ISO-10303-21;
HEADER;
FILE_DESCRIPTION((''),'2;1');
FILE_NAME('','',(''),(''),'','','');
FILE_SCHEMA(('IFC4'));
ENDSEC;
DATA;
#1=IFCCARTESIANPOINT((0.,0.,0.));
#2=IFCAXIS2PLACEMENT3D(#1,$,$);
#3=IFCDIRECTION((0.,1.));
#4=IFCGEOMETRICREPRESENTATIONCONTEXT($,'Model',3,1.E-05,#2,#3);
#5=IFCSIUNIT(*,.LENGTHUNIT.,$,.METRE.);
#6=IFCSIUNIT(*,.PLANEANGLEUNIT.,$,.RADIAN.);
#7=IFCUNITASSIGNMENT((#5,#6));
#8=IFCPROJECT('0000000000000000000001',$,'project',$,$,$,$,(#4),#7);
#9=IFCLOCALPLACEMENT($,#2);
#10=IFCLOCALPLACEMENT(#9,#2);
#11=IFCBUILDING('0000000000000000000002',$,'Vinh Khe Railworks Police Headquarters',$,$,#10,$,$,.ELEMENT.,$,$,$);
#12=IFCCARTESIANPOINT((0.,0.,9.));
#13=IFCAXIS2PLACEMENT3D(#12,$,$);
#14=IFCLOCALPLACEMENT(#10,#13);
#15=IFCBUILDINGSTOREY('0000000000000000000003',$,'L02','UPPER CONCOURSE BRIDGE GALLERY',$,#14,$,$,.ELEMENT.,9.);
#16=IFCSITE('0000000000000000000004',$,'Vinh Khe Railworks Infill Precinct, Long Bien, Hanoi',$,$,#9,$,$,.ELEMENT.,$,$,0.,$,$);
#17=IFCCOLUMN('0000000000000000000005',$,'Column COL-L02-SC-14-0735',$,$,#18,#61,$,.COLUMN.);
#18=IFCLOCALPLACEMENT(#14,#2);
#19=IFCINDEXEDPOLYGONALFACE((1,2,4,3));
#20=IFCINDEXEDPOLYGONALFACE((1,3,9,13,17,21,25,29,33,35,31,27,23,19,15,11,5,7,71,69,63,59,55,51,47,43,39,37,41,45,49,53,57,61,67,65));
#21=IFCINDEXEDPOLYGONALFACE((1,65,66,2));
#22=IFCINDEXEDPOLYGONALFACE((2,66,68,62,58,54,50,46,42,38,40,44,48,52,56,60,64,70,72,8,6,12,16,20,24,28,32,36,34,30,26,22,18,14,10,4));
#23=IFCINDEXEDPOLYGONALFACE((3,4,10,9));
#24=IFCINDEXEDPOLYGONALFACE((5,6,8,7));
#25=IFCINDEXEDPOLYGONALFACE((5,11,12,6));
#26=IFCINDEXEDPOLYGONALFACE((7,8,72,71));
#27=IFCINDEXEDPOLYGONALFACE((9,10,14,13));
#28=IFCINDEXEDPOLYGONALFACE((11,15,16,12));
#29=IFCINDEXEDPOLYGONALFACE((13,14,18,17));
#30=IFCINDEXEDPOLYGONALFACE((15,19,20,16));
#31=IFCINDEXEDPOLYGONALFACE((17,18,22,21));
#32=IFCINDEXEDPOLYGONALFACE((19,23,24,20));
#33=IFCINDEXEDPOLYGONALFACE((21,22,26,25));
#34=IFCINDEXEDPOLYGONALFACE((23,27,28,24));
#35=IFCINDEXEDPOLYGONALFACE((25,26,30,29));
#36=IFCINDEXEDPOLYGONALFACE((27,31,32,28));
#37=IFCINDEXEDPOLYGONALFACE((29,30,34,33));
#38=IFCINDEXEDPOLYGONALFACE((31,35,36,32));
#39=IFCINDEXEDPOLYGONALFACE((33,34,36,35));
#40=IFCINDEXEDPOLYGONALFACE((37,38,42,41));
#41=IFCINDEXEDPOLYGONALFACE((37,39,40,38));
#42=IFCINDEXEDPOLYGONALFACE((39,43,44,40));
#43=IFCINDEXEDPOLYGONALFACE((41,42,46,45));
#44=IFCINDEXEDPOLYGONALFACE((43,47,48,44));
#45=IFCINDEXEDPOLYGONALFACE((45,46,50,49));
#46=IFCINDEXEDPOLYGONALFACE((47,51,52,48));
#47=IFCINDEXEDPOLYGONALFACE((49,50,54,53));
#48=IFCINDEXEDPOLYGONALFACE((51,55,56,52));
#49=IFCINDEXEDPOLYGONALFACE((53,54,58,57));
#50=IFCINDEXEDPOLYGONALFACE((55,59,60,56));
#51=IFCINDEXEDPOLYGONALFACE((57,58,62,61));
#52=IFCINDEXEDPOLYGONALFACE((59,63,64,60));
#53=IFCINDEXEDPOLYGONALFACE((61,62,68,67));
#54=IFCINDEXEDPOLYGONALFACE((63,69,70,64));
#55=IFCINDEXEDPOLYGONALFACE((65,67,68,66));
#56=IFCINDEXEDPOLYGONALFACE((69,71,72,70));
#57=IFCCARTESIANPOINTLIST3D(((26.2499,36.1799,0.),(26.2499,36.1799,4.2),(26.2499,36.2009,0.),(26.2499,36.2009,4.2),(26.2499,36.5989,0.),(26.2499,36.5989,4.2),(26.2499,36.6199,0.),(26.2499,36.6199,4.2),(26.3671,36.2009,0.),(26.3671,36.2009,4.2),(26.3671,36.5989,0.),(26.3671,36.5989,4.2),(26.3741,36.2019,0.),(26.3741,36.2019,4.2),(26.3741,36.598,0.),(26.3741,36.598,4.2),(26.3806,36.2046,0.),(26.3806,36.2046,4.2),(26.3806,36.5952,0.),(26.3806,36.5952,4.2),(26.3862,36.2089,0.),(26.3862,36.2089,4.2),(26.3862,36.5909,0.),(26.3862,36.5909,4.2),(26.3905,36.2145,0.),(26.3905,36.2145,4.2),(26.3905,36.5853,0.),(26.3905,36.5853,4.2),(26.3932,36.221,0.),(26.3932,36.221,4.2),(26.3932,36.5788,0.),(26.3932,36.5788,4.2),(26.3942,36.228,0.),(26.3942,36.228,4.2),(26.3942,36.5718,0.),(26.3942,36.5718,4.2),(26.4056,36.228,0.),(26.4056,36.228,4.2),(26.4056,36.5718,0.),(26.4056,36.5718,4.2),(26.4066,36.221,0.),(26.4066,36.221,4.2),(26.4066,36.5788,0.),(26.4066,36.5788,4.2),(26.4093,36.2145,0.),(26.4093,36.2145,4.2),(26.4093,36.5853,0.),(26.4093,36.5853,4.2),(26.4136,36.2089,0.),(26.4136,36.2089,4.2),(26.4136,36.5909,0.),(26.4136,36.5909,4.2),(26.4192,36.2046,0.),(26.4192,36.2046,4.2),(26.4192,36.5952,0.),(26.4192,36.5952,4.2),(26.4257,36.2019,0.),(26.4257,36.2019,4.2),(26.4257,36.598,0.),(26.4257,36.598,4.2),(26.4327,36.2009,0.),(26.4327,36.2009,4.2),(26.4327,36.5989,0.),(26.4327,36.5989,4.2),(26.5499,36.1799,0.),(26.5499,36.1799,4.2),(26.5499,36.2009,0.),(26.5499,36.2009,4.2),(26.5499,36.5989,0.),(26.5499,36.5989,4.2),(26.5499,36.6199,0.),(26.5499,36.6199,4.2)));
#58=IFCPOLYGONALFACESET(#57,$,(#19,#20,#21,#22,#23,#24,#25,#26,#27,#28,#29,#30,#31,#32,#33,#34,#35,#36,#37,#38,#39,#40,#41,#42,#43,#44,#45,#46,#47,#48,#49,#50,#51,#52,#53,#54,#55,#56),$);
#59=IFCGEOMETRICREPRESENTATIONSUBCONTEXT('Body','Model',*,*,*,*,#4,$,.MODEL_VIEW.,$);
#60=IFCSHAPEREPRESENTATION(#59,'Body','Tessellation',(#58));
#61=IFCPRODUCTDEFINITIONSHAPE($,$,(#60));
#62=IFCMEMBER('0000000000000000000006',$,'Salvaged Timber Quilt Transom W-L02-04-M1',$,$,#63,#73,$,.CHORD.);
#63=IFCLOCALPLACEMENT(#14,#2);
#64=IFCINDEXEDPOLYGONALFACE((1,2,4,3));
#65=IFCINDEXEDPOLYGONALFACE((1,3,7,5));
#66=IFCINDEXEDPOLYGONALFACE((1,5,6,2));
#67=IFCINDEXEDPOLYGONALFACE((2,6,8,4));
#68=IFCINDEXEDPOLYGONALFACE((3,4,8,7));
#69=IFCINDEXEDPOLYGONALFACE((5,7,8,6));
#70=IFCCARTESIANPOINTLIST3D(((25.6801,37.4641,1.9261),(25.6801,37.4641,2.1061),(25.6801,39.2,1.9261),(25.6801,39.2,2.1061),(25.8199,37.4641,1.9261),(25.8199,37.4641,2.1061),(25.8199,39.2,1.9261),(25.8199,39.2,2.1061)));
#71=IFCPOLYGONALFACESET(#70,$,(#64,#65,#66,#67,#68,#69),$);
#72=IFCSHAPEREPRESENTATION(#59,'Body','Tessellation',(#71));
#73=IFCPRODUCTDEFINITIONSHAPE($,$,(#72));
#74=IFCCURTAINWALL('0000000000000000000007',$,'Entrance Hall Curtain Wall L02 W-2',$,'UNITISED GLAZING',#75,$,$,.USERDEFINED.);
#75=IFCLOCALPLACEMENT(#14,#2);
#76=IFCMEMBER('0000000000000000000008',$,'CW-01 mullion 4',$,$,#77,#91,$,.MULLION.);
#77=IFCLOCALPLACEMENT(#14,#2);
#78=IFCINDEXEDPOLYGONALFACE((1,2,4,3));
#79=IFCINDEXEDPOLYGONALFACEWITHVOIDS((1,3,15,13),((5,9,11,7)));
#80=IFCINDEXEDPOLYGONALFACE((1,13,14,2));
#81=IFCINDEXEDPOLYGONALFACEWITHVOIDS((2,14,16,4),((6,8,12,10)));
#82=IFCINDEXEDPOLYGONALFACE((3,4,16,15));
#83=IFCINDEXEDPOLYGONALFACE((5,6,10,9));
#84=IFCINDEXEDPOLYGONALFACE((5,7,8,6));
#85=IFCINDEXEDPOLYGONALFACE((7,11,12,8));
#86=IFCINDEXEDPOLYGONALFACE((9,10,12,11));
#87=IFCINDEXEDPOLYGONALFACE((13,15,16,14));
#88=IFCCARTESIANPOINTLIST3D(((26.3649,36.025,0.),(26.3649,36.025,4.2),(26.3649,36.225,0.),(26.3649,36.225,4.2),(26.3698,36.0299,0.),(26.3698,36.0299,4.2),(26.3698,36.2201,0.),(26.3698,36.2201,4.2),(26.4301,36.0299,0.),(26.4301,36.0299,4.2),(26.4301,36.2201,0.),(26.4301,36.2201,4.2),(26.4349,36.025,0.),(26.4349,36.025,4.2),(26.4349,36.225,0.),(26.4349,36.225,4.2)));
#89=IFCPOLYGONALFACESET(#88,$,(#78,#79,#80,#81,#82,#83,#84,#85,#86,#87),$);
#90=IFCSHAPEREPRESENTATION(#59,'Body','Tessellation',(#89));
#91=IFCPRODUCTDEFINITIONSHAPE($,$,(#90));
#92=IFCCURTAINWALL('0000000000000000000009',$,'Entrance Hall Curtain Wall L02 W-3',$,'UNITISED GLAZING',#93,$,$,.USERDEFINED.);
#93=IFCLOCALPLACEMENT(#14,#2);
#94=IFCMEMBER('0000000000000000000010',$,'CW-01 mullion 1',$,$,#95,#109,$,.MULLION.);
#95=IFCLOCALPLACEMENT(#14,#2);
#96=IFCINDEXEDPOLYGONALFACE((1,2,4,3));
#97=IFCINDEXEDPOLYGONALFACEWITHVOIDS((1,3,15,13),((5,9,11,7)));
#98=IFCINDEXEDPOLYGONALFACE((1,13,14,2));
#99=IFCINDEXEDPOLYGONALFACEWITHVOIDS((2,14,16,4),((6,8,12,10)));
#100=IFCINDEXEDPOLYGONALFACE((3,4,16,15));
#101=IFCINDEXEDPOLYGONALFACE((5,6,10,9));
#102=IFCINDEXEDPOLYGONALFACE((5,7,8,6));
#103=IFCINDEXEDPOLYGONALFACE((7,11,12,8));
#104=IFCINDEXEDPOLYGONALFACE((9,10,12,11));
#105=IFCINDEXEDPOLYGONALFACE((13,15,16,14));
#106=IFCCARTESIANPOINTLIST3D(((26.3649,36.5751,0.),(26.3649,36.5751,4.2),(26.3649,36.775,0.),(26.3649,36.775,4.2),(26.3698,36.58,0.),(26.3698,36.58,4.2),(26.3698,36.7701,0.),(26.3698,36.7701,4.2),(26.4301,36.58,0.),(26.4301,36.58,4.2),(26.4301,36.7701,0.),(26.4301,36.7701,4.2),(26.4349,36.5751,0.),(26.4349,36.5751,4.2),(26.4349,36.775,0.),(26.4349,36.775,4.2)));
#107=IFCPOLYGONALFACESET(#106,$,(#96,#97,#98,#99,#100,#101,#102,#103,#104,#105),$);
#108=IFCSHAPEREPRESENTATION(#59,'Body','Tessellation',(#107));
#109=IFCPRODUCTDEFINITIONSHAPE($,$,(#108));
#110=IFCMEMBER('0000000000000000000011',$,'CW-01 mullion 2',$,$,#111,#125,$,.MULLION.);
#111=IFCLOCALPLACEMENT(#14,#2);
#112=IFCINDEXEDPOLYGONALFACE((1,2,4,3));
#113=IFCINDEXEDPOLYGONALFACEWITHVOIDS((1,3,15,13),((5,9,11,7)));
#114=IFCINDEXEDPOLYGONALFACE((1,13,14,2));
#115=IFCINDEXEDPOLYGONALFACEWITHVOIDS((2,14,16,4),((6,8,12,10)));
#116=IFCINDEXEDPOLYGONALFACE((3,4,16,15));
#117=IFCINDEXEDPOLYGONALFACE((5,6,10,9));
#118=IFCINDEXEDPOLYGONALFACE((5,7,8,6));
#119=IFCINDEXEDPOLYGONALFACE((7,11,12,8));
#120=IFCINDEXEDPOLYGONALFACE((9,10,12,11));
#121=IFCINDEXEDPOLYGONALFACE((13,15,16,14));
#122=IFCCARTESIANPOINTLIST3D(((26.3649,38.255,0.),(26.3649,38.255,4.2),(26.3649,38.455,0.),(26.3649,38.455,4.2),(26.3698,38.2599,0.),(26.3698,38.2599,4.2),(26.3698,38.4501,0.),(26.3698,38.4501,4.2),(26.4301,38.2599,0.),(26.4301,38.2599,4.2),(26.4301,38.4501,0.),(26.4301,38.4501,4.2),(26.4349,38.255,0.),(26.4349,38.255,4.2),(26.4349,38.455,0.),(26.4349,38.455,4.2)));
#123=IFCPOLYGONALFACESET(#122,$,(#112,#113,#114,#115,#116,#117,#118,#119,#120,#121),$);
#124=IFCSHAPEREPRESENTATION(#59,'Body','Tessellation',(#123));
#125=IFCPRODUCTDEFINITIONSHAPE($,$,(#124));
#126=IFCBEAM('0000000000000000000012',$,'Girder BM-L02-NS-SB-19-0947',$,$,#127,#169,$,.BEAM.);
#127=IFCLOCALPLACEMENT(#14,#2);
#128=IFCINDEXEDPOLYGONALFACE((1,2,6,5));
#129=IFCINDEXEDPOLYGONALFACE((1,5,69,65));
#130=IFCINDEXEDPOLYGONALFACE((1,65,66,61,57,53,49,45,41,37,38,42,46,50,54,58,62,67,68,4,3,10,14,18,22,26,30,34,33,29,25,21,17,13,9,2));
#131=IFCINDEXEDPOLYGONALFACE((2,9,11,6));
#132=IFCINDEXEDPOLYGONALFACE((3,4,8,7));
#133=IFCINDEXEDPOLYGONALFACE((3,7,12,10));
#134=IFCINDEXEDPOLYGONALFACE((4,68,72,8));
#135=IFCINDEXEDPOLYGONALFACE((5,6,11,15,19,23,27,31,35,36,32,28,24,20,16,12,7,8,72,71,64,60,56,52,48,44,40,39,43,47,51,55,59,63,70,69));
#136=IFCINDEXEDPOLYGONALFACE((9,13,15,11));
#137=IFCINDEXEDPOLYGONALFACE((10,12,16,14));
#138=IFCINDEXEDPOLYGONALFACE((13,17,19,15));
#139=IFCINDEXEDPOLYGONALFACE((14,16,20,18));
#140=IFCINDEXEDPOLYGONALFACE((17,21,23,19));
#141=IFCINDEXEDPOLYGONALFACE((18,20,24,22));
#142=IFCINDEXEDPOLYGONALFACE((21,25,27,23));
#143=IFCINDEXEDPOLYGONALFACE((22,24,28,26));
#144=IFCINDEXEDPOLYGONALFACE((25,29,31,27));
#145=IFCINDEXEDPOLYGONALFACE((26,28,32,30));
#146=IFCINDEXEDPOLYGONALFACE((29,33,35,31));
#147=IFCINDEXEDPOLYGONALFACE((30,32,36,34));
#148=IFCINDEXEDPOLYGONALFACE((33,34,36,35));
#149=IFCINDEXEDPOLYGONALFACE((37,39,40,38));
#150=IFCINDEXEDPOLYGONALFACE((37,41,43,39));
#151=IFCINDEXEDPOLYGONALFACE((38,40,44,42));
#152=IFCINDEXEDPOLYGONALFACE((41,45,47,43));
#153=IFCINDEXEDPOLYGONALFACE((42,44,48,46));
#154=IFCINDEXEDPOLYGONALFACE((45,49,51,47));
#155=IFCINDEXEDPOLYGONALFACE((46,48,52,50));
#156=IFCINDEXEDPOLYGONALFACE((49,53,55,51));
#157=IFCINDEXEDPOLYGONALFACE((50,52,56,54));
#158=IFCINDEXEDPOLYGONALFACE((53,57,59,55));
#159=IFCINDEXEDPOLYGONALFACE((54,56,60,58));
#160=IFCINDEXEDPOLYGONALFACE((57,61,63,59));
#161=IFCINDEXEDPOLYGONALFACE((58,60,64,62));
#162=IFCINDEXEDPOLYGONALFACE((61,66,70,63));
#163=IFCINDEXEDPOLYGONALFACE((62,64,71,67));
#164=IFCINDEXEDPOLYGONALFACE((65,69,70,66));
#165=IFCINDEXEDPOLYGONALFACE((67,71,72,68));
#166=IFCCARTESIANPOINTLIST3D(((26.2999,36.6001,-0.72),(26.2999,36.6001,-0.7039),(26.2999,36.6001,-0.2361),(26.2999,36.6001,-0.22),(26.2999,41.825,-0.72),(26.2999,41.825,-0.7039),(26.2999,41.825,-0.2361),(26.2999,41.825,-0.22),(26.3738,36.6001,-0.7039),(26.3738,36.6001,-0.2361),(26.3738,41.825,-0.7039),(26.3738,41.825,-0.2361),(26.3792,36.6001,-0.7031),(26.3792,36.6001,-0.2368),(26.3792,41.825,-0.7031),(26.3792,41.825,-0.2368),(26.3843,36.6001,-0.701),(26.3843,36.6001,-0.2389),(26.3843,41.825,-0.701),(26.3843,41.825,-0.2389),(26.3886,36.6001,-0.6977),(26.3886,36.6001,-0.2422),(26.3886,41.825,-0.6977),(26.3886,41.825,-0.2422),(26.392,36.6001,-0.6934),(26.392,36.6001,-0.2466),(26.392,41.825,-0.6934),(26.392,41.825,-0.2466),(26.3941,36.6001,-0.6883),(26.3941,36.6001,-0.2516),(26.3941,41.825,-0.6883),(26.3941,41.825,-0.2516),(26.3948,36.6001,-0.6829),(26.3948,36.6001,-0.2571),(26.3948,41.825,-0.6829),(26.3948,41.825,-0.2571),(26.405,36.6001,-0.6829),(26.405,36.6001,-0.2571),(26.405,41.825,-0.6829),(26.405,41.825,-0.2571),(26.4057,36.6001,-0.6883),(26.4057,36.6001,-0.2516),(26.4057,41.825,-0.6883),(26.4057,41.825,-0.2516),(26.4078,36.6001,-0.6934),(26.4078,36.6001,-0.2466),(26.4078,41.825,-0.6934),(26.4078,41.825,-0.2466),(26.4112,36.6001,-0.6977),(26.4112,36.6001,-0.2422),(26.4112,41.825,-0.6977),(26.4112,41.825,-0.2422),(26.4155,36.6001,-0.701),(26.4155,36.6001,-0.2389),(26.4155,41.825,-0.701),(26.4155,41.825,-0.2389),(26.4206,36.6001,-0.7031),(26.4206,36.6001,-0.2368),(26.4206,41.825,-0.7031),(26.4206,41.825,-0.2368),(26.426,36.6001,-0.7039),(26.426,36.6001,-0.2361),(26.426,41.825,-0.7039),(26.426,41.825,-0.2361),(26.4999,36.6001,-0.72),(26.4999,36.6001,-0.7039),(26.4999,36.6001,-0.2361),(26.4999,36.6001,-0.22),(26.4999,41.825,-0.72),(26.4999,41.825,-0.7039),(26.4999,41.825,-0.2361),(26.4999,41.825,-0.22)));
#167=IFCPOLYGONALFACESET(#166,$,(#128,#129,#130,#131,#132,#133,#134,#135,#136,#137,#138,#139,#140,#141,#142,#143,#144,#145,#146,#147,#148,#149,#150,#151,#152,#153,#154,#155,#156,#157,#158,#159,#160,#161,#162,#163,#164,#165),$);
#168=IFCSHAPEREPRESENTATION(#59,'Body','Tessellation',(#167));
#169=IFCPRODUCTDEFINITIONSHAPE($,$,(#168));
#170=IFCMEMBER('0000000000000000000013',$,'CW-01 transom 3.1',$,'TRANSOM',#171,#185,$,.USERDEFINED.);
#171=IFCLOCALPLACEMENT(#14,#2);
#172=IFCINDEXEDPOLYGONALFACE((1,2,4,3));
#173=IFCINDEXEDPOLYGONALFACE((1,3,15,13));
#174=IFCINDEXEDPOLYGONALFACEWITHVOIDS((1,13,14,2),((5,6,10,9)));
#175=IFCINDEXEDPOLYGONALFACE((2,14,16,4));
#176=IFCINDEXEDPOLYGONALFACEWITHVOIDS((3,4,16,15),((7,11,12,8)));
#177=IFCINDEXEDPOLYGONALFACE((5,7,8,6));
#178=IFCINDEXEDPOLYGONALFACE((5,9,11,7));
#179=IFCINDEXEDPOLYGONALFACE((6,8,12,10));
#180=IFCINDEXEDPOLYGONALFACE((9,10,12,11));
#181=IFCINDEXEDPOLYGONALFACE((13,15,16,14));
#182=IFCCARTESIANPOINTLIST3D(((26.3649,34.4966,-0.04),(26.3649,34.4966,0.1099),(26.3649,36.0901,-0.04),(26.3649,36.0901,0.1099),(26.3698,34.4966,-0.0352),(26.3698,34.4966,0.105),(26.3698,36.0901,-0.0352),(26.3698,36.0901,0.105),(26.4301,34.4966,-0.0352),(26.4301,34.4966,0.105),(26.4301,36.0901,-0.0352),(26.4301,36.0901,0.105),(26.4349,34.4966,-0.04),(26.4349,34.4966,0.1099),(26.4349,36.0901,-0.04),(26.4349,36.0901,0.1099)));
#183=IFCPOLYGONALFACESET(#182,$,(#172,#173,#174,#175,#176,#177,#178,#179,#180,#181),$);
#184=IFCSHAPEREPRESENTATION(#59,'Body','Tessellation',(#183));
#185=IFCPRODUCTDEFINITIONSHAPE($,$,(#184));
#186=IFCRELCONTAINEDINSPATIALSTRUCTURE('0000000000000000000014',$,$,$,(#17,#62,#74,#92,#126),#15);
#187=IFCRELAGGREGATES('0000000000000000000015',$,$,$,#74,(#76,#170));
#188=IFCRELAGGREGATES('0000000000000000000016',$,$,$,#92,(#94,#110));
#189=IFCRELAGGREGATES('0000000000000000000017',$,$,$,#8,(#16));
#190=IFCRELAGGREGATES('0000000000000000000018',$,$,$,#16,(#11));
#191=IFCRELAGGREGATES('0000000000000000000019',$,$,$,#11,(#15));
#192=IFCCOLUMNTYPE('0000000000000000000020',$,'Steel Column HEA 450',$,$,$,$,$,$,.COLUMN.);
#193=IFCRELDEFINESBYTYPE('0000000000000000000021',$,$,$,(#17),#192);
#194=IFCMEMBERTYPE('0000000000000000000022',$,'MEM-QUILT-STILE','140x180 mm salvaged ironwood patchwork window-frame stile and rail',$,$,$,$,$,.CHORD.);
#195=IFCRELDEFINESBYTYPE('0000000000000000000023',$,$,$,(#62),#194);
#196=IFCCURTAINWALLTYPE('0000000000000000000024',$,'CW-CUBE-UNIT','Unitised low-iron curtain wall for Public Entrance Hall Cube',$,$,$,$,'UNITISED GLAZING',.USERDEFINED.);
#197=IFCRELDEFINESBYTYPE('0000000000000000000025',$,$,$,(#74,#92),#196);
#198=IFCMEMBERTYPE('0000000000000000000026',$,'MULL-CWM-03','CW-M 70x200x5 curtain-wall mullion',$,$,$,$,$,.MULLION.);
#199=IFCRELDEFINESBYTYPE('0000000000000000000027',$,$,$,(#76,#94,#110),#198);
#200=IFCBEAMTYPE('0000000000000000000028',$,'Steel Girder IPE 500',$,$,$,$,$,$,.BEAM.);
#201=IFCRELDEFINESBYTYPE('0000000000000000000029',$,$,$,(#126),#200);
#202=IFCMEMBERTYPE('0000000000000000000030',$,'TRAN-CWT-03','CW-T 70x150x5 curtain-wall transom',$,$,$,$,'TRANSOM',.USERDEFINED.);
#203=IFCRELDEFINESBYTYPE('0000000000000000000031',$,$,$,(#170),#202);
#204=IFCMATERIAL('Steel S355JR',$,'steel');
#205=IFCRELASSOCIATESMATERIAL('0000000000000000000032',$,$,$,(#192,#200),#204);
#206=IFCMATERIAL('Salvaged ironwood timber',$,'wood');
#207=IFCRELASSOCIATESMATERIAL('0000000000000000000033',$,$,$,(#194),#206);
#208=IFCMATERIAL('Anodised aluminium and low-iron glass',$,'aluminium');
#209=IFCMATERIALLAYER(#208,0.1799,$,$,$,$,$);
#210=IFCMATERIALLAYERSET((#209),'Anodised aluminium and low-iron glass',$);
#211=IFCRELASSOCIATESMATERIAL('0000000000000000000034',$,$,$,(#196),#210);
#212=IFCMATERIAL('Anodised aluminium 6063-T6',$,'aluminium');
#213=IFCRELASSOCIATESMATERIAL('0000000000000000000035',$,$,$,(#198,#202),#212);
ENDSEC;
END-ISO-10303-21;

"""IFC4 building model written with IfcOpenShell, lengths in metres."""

from ifc_helpers import new_model, si_unit, direction, frame, origin, origin_2d, place, context, subcontext, project, spatial, rectangle, hollow_rectangle, i_section, extrude, material, layer, layer_set, material_profile, profile_set, type_object, element, aggregate, save


model = new_model("IFC4")

# Units and contexts
model_context = context("Model", 3, precision=1e-05, world=origin(), true_north=direction((0.0, 1.0)))
body_context = subcontext(model_context, "Body", "Model", "MODEL_VIEW")
ifc_project = project(units=[si_unit("LENGTHUNIT", "METRE"), si_unit("PLANEANGLEUNIT", "RADIAN")], contexts=[model_context])

# Site, building, storey
site_placement = place(None, origin())
site = spatial("IfcSite", under=ifc_project, at=site_placement, Name="Vinh Khe Railworks Infill Precinct, Long Bien, Hanoi", CompositionType="ELEMENT", RefElevation=0.0)
building_placement = place(site_placement, origin())
building = spatial("IfcBuilding", under=site, at=building_placement, Name="Vinh Khe Railworks Police Headquarters", CompositionType="ELEMENT")
storey_placement = place(building_placement, frame((0.0, 0.0, 9.0)))
storey = spatial("IfcBuildingStorey", under=building, at=storey_placement, Name="L02", Description="UPPER CONCOURSE BRIDGE GALLERY", CompositionType="ELEMENT", Elevation=9.0)

# Column
ifc_material_1 = material(Name="Steel S355JR", Category="steel")
ifc_material_profile_1 = material_profile(ifc_material_1, i_section(OverallWidth=0.3, OverallDepth=0.4399, WebThickness=0.0115, FlangeThickness=0.021, FilletRadius=0.0271, at=origin_2d()), Name="HEA 450")
ifc_profile_set_1 = profile_set([ifc_material_profile_1], Name="Steel S355JR")
column_type = type_object("IfcColumnType", Name="Steel Column HEA 450", PredefinedType="COLUMN", material=ifc_profile_set_1)
column_placement = place(storey_placement, frame((26.3999, 36.3999, 0.0), z_axis=(0.0, 0.0, 1.0), x_axis=(1.0, 0.0, 0.0)))
element("IfcColumn", 1, at=column_placement, inside=storey, type_object=column_type, Name="Column COL-L02-SC-14-0735", PredefinedType="COLUMN", context=body_context, shape_type="SweptSolid", body=[
    extrude(i_section(OverallWidth=0.3, OverallDepth=0.4399, WebThickness=0.0115, FlangeThickness=0.021, FilletRadius=0.0271, at=origin_2d()), origin(), (0.0, 0.0, 1.0), 4.2),
])

# Member
ifc_material_2 = material(Name="Salvaged ironwood timber", Category="wood")
ifc_material_profile_2 = material_profile(ifc_material_2, rectangle(XDim=0.1399, YDim=0.1799, at=origin_2d()), Name="TIMBER 140x180")
ifc_profile_set_2 = profile_set([ifc_material_profile_2], Name="Salvaged ironwood timber")
member_type_1 = type_object("IfcMemberType", Name="MEM-QUILT-STILE", Description="140x180 mm salvaged ironwood patchwork window-frame stile and rail", PredefinedType="CHORD", material=ifc_profile_set_2)
member_1_placement = place(storey_placement, frame((25.75, 37.4641, 2.0161), z_axis=(0.0, 1.0, 0.0), x_axis=(-1.0, 0.0, 0.0)))
element("IfcMember", 2, at=member_1_placement, inside=storey, type_object=member_type_1, Name="Salvaged Timber Quilt Transom W-L02-04-M1", PredefinedType="CHORD", context=body_context, shape_type="SweptSolid", body=[
    extrude(rectangle(XDim=0.1399, YDim=0.1799, at=origin_2d()), origin(), (0.0, 0.0, 1.0), 1.7358),
])

# Curtain wall, member
ifc_material_3 = material(Name="Anodised aluminium and low-iron glass", Category="aluminium")
ifc_layer_1 = layer(ifc_material_3, 0.1799)
ifc_layer_set_1 = layer_set([ifc_layer_1], Name="Anodised aluminium and low-iron glass")
curtain_wall_type = type_object("IfcCurtainWallType", Name="CW-CUBE-UNIT", Description="Unitised low-iron curtain wall for Public Entrance Hall Cube", ElementType="UNITISED GLAZING", PredefinedType="USERDEFINED", material=ifc_layer_set_1)
curtain_wall_1_placement = place(storey_placement, origin())
curtain_wall_1 = element("IfcCurtainWall", 3, at=curtain_wall_1_placement, inside=storey, type_object=curtain_wall_type, Name="Entrance Hall Curtain Wall L02 W-2", ObjectType="UNITISED GLAZING", PredefinedType="USERDEFINED")
ifc_material_4 = material(Name="Anodised aluminium 6063-T6", Category="aluminium")
ifc_material_profile_3 = material_profile(ifc_material_4, hollow_rectangle(XDim=0.0701, YDim=0.2, WallThickness=0.0049, at=origin_2d()), Name="CW-M 70x200x5")
ifc_profile_set_3 = profile_set([ifc_material_profile_3], Name="Anodised aluminium 6063-T6")
member_type_2 = type_object("IfcMemberType", Name="MULL-CWM-03", Description="CW-M 70x200x5 curtain-wall mullion", PredefinedType="MULLION", material=ifc_profile_set_3)
member_2_placement = place(storey_placement, frame((26.3999, 36.125, 0.0), z_axis=(0.0, 0.0, 1.0), x_axis=(-1.0, 0.0, 0.0)))
member_2 = element("IfcMember", 4, at=member_2_placement, type_object=member_type_2, Name="CW-01 mullion 4", PredefinedType="MULLION", context=body_context, shape_type="SweptSolid", body=[
    extrude(hollow_rectangle(XDim=0.0701, YDim=0.2, WallThickness=0.0049, at=origin_2d()), origin(), (0.0, 0.0, 1.0), 4.2),
])

# Curtain wall, members
curtain_wall_2_placement = place(storey_placement, origin())
curtain_wall_2 = element("IfcCurtainWall", 5, at=curtain_wall_2_placement, inside=storey, type_object=curtain_wall_type, Name="Entrance Hall Curtain Wall L02 W-3", ObjectType="UNITISED GLAZING", PredefinedType="USERDEFINED")
member_3_placement = place(storey_placement, frame((26.3999, 36.675, 0.0), z_axis=(0.0, 0.0, 1.0), x_axis=(-1.0, 0.0, 0.0)))
member_3 = element("IfcMember", 6, at=member_3_placement, type_object=member_type_2, Name="CW-01 mullion 1", PredefinedType="MULLION", context=body_context, shape_type="SweptSolid", body=[
    extrude(hollow_rectangle(XDim=0.0701, YDim=0.2, WallThickness=0.0049, at=origin_2d()), origin(), (0.0, 0.0, 1.0), 4.2),
])
member_4_placement = place(storey_placement, frame((26.3999, 38.355, 0.0), z_axis=(0.0, 0.0, 1.0), x_axis=(-1.0, 0.0, 0.0)))
member_4 = element("IfcMember", 7, at=member_4_placement, type_object=member_type_2, Name="CW-01 mullion 2", PredefinedType="MULLION", context=body_context, shape_type="SweptSolid", body=[
    extrude(hollow_rectangle(XDim=0.0701, YDim=0.2, WallThickness=0.0049, at=origin_2d()), origin(), (0.0, 0.0, 1.0), 4.2),
])

# Beam
ifc_material_profile_4 = material_profile(ifc_material_1, i_section(OverallWidth=0.2, OverallDepth=0.5, WebThickness=0.0103, FlangeThickness=0.0161, FilletRadius=0.021, at=origin_2d()), Name="IPE 500")
ifc_profile_set_4 = profile_set([ifc_material_profile_4], Name="Steel S355JR")
beam_type = type_object("IfcBeamType", Name="Steel Girder IPE 500", PredefinedType="BEAM", material=ifc_profile_set_4)
beam_placement = place(storey_placement, frame((26.3999, 36.6001, -0.47), z_axis=(0.0, 1.0, 0.0), x_axis=(-1.0, 0.0, 0.0)))
element("IfcBeam", 8, at=beam_placement, inside=storey, type_object=beam_type, Name="Girder BM-L02-NS-SB-19-0947", PredefinedType="BEAM", context=body_context, shape_type="SweptSolid", body=[
    extrude(i_section(OverallWidth=0.2, OverallDepth=0.5, WebThickness=0.0103, FlangeThickness=0.0161, FilletRadius=0.021, at=origin_2d()), origin(), (0.0, 0.0, 1.0), 5.2249),
])

# Member
ifc_material_profile_5 = material_profile(ifc_material_4, hollow_rectangle(XDim=0.0701, YDim=0.1499, WallThickness=0.0049, at=origin_2d()), Name="CW-T 70x150x5")
ifc_profile_set_5 = profile_set([ifc_material_profile_5], Name="Anodised aluminium 6063-T6")
member_type_3 = type_object("IfcMemberType", Name="TRAN-CWT-03", Description="CW-T 70x150x5 curtain-wall transom", ElementType="TRANSOM", PredefinedType="USERDEFINED", material=ifc_profile_set_5)
member_5_placement = place(storey_placement, frame((26.3999, 34.4966, 0.0349), z_axis=(0.0, 1.0, 0.0), x_axis=(-1.0, 0.0, 0.0)))
member_5 = element("IfcMember", 9, at=member_5_placement, type_object=member_type_3, Name="CW-01 transom 3.1", ObjectType="TRANSOM", PredefinedType="USERDEFINED", context=body_context, shape_type="SweptSolid", body=[
    extrude(hollow_rectangle(XDim=0.0701, YDim=0.1499, WallThickness=0.0049, at=origin_2d()), origin(), (0.0, 0.0, 1.0), 1.5935),
])

aggregate(curtain_wall_1, [member_2, member_5])
aggregate(curtain_wall_2, [member_3, member_4])

save(model, "model.ifc")
